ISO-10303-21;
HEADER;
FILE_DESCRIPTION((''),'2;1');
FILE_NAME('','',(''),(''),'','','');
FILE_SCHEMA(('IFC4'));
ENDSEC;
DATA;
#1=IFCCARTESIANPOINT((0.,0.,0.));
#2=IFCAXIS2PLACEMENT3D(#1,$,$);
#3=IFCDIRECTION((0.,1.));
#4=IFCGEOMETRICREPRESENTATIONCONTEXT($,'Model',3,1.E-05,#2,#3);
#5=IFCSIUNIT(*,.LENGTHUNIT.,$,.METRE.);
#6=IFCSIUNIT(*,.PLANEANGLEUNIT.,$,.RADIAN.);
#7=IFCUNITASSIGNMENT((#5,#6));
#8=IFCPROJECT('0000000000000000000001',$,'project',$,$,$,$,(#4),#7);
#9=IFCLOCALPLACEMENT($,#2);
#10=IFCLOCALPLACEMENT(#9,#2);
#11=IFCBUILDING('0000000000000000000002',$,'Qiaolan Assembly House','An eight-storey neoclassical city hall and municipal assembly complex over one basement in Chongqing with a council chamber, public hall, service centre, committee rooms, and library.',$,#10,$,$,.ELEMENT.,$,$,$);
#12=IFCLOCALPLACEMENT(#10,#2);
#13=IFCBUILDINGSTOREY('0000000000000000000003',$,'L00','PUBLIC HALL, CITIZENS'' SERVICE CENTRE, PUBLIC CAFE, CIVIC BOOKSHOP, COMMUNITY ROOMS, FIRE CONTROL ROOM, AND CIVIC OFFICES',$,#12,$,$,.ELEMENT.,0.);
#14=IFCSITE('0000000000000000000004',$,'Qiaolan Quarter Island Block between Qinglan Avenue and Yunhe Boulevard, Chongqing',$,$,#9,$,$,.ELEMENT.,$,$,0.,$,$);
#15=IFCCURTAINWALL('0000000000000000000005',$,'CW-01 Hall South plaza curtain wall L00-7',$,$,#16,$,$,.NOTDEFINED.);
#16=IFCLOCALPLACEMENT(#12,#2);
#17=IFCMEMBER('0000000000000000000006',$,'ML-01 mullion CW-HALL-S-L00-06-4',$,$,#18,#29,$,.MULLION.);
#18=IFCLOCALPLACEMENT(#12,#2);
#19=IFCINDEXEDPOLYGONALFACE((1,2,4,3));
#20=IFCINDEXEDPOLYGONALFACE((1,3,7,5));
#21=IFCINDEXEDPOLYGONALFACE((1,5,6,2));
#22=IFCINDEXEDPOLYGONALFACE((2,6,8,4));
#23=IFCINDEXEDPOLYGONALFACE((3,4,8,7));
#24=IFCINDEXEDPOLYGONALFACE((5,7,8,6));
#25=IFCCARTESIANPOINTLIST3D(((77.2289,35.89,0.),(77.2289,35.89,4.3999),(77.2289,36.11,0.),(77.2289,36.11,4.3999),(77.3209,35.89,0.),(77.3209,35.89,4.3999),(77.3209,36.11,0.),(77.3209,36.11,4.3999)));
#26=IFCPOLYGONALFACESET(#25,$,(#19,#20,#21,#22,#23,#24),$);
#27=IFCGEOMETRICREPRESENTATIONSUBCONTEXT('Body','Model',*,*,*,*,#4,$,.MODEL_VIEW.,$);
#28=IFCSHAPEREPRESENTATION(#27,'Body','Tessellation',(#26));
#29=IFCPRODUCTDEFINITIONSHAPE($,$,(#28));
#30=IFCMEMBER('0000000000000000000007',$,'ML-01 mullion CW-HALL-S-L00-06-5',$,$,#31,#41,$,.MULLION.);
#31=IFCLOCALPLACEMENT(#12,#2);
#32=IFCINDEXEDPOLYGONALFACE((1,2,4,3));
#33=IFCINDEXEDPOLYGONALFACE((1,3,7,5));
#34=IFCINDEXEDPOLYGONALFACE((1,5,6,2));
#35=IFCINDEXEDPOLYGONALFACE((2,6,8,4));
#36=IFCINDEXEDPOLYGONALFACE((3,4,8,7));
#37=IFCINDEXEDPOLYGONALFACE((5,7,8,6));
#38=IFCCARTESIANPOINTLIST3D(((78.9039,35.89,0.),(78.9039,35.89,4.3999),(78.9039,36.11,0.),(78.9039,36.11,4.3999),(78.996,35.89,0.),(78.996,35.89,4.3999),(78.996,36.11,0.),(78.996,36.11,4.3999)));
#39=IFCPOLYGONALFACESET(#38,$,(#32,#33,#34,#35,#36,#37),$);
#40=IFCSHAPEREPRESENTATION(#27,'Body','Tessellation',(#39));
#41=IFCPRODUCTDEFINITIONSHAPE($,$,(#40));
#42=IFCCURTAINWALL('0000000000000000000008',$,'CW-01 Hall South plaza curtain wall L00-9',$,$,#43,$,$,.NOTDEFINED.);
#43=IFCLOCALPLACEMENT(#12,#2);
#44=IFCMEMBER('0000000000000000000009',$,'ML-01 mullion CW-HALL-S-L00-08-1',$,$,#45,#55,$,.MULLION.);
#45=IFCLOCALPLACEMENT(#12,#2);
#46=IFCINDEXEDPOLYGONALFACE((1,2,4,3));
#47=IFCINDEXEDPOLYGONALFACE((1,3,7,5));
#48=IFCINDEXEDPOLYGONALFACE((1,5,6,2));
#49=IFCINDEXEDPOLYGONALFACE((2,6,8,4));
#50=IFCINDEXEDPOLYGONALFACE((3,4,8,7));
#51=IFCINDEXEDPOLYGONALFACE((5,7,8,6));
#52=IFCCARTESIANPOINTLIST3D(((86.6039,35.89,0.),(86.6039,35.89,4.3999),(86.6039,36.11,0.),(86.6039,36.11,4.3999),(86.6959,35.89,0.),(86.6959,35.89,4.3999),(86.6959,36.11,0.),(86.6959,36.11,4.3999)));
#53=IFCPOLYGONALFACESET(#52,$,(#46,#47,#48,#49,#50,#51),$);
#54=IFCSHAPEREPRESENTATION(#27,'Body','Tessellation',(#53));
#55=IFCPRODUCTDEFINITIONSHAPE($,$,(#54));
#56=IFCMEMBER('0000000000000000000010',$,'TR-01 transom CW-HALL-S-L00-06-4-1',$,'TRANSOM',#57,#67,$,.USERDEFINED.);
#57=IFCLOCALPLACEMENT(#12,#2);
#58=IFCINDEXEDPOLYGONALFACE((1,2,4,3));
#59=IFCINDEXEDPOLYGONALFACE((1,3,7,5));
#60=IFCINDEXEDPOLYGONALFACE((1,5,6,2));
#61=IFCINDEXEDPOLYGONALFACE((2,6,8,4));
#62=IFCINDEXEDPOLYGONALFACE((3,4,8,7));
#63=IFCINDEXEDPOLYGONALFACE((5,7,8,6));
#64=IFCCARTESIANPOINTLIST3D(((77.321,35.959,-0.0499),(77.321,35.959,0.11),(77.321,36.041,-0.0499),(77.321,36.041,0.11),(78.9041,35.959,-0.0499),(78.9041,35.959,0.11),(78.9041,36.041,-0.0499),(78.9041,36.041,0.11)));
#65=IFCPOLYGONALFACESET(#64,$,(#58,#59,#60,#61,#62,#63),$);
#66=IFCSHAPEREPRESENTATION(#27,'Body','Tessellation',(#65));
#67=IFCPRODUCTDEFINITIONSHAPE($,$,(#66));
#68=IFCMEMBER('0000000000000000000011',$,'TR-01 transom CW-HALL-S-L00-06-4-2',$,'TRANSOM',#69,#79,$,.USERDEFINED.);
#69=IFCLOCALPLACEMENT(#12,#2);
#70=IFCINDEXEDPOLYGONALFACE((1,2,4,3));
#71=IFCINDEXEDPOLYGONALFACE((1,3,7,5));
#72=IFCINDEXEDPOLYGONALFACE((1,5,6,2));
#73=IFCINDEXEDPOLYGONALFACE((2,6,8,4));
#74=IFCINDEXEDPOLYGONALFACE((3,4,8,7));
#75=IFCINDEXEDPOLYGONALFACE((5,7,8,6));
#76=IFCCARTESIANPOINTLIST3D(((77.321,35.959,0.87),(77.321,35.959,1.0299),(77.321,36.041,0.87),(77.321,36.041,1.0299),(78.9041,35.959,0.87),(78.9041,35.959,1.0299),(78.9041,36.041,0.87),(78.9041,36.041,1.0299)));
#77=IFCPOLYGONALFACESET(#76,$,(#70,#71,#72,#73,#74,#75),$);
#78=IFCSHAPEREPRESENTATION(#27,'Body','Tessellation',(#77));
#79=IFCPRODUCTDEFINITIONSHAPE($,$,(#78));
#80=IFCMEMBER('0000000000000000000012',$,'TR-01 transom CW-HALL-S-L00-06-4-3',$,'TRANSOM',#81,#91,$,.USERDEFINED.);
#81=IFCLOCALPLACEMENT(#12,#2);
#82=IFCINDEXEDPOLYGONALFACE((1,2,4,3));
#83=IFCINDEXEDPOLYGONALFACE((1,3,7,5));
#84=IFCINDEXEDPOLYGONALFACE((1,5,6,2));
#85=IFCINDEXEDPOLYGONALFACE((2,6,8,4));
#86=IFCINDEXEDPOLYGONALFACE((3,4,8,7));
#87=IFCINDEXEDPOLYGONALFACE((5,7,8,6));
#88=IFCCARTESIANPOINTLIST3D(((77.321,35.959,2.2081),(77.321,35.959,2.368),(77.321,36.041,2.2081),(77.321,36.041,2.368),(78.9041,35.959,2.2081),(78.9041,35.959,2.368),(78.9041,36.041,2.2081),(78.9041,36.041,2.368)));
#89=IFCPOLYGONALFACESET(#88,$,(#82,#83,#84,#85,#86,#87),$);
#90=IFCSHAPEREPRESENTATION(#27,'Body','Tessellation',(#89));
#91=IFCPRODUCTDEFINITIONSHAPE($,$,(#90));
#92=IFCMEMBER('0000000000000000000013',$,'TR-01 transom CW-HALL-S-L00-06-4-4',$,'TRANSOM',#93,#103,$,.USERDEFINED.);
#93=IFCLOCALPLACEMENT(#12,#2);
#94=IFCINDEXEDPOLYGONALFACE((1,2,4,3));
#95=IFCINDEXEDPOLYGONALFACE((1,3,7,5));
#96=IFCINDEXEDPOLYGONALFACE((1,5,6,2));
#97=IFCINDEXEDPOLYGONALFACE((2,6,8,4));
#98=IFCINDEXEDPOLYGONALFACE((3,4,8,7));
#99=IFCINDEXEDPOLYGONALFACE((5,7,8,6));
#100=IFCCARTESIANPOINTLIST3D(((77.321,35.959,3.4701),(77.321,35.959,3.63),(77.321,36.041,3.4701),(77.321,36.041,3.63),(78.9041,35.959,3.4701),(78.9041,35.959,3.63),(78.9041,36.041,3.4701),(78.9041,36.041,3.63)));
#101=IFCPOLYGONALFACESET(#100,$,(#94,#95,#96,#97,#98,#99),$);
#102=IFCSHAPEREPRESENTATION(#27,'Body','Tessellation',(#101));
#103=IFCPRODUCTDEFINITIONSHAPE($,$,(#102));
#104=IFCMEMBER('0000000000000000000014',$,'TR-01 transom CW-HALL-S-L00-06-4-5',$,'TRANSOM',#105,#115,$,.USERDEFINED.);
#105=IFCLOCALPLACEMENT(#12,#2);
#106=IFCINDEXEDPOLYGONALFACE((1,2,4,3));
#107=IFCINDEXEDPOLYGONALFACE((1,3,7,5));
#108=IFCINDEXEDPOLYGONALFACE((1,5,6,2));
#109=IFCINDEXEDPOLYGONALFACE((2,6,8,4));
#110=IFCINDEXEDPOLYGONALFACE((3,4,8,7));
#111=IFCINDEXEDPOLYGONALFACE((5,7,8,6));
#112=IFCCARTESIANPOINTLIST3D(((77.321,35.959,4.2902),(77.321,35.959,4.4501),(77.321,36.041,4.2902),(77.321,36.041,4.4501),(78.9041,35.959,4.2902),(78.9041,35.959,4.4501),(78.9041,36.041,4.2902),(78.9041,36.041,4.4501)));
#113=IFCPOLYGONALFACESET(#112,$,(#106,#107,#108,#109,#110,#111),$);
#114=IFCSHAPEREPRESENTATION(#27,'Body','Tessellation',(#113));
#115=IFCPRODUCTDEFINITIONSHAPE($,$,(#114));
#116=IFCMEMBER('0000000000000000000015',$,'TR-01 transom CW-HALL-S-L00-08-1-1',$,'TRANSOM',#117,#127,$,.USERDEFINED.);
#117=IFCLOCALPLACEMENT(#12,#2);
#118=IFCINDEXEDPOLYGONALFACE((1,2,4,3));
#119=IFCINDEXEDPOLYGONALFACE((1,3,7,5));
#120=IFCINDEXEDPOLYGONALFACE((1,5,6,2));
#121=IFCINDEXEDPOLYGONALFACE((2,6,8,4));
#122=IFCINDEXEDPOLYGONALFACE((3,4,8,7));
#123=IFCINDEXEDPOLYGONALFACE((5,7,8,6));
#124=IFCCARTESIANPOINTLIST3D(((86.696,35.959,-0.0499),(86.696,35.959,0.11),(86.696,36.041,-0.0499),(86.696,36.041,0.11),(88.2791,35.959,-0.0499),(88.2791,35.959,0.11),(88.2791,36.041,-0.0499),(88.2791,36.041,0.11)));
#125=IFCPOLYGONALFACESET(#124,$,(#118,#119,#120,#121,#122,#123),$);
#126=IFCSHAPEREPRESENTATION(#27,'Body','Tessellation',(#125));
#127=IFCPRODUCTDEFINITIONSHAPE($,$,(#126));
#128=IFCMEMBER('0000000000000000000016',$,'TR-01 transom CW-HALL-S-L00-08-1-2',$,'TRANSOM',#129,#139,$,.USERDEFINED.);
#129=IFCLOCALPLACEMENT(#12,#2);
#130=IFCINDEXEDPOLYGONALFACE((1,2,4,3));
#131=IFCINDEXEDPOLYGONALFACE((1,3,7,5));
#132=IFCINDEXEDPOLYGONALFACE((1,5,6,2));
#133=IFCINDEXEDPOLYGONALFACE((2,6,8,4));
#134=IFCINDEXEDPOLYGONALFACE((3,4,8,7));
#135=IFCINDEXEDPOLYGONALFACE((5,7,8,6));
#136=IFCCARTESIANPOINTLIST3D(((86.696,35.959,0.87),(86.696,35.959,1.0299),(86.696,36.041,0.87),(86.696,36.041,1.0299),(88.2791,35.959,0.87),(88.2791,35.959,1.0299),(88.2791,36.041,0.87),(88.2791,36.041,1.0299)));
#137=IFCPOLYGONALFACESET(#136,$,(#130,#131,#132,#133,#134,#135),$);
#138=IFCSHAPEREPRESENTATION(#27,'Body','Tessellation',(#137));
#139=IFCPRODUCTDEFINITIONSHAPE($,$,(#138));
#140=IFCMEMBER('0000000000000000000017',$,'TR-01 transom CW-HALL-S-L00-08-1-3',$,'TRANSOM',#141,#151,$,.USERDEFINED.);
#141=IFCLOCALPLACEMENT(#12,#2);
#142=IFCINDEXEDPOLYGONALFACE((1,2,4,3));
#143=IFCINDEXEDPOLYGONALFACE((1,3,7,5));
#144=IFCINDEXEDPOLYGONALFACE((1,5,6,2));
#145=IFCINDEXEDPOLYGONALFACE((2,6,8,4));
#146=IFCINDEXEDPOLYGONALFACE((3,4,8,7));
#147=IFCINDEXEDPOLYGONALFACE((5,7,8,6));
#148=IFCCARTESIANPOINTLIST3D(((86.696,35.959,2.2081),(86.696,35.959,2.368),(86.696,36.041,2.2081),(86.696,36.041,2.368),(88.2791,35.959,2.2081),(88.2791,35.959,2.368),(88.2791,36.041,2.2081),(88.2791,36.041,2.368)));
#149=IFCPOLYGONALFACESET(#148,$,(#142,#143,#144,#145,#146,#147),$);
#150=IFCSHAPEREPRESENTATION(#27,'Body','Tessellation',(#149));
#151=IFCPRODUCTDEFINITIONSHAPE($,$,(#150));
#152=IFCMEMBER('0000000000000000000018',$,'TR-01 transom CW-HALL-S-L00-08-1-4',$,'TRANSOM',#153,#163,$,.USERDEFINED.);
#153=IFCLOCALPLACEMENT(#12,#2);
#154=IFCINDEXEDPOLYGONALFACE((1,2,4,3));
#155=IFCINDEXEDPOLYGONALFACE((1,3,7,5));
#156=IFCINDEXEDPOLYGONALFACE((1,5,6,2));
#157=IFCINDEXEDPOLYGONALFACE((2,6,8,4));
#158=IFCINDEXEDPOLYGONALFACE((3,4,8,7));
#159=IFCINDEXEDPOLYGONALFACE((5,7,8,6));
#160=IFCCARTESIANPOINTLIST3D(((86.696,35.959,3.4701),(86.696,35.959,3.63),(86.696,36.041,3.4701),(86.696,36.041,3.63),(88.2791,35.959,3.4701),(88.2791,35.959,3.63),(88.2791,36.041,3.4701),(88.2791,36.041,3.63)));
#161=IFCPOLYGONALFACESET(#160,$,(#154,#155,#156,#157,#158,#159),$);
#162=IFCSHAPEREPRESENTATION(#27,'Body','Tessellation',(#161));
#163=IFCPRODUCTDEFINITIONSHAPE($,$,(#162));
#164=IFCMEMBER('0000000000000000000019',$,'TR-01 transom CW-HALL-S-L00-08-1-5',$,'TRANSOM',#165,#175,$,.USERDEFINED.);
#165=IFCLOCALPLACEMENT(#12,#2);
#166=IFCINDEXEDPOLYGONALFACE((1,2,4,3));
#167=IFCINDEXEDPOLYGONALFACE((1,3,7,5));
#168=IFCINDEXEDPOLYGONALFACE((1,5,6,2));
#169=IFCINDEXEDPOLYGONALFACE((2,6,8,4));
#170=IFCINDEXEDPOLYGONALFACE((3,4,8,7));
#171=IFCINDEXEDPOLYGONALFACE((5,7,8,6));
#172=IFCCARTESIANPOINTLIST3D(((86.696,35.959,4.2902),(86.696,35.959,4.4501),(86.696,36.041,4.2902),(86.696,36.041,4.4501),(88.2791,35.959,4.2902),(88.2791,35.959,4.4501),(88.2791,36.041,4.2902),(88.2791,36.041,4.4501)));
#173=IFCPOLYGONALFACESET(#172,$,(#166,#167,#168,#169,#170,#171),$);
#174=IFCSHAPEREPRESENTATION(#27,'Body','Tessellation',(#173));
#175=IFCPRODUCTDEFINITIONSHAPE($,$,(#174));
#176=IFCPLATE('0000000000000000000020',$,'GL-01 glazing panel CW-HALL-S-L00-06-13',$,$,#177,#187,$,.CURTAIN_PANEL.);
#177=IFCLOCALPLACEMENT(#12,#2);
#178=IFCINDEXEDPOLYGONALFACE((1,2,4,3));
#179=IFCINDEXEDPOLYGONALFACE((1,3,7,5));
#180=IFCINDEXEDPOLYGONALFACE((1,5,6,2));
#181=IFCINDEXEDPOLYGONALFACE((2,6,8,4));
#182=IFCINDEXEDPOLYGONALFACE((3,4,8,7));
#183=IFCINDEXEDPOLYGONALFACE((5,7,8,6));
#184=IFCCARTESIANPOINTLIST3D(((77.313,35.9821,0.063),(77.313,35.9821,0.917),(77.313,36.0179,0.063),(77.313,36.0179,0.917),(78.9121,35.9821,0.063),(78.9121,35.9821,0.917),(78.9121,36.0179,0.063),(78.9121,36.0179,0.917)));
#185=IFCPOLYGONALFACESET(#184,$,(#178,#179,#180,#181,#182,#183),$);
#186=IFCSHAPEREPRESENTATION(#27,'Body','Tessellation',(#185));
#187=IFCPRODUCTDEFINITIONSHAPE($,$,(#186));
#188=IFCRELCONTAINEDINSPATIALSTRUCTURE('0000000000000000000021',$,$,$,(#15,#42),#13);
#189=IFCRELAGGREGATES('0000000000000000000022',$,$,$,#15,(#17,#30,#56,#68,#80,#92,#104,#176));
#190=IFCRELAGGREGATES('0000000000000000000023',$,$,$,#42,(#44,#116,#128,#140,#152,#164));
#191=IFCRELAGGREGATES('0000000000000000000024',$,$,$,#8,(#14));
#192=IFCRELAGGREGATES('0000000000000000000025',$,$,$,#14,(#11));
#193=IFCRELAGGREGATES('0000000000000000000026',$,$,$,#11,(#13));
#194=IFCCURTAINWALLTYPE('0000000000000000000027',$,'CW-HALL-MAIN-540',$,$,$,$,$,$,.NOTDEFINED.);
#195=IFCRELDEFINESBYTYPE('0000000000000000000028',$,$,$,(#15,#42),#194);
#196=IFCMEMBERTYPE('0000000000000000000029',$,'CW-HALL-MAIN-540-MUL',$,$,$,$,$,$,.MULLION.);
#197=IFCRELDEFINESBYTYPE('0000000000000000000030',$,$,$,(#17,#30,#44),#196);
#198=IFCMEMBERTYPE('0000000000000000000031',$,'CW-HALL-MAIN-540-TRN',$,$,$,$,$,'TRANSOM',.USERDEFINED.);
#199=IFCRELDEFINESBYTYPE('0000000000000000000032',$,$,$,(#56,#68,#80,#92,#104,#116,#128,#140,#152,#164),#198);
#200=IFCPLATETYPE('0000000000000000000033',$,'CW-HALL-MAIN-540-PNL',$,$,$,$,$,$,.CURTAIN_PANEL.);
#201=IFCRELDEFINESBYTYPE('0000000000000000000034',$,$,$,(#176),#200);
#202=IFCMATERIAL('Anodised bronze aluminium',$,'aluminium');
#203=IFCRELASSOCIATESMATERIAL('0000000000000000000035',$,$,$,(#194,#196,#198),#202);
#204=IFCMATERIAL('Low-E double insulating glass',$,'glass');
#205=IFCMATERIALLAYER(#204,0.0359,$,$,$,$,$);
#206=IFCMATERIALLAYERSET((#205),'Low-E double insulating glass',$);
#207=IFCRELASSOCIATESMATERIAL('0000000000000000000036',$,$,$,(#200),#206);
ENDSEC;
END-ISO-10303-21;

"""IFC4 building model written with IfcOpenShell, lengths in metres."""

from ifc_helpers import new_model, si_unit, direction, frame, frame_2d, origin, origin_2d, place, context, subcontext, project, spatial, rectangle, extrude, material, layer, layer_set, material_profile, profile_set, type_object, element, aggregate, save


model = new_model("IFC4")

# Units and contexts
model_context = context("Model", 3, precision=1e-05, world=origin(), true_north=direction((0.0, 1.0)))
body_context = subcontext(model_context, "Body", "Model", "MODEL_VIEW")
ifc_project = project(units=[si_unit("LENGTHUNIT", "METRE"), si_unit("PLANEANGLEUNIT", "RADIAN")], contexts=[model_context])

# Site, building, storey
site_placement = place(None, origin())
site = spatial("IfcSite", under=ifc_project, at=site_placement, Name="Qiaolan Quarter Island Block between Qinglan Avenue and Yunhe Boulevard, Chongqing", CompositionType="ELEMENT", RefElevation=0.0)
building_placement = place(site_placement, origin())
building = spatial("IfcBuilding", under=site, at=building_placement, Name="Qiaolan Assembly House", Description="An eight-storey neoclassical city hall and municipal assembly complex over one basement in Chongqing with a council chamber, public hall, service centre, committee rooms, and library.", CompositionType="ELEMENT")
storey_placement = place(building_placement, origin())
storey = spatial("IfcBuildingStorey", under=building, at=storey_placement, Name="L00", Description="PUBLIC HALL, CITIZENS' SERVICE CENTRE, PUBLIC CAFE, CIVIC BOOKSHOP, COMMUNITY ROOMS, FIRE CONTROL ROOM, AND CIVIC OFFICES", CompositionType="ELEMENT", Elevation=0.0)

# Curtain wall, members
ifc_material_1 = material(Name="Anodised bronze aluminium", Category="aluminium")
curtain_wall_type = type_object("IfcCurtainWallType", Name="CW-HALL-MAIN-540", PredefinedType="NOTDEFINED", material=ifc_material_1)
curtain_wall_1_placement = place(storey_placement, origin())
curtain_wall_1 = element("IfcCurtainWall", 1, at=curtain_wall_1_placement, inside=storey, type_object=curtain_wall_type, Name="CW-01 Hall South plaza curtain wall L00-7", PredefinedType="NOTDEFINED")
ifc_material_profile_1 = material_profile(ifc_material_1, rectangle(XDim=0.092, YDim=0.22, at=origin_2d()), Name="MUL 92x220")
ifc_profile_set_1 = profile_set([ifc_material_profile_1], Name="Anodised bronze aluminium")
member_type_1 = type_object("IfcMemberType", Name="CW-HALL-MAIN-540-MUL", PredefinedType="MULLION", material=ifc_profile_set_1)
member_1_placement = place(storey_placement, frame((77.2749, 36.0, 0.0), z_axis=(0.0, 0.0, 1.0), x_axis=(1.0, 0.0, 0.0)))
member_1 = element("IfcMember", 2, at=member_1_placement, type_object=member_type_1, Name="ML-01 mullion CW-HALL-S-L00-06-4", PredefinedType="MULLION", context=body_context, shape_type="SweptSolid", body=[
    extrude(rectangle(XDim=0.092, YDim=0.22, at=origin_2d()), origin(), (0.0, 0.0, 1.0), 4.3999),
])
member_2_placement = place(storey_placement, frame((78.95, 36.0, 0.0), z_axis=(0.0, 0.0, 1.0), x_axis=(1.0, 0.0, 0.0)))
member_2 = element("IfcMember", 3, at=member_2_placement, type_object=member_type_1, Name="ML-01 mullion CW-HALL-S-L00-06-5", PredefinedType="MULLION", context=body_context, shape_type="SweptSolid", body=[
    extrude(rectangle(XDim=0.092, YDim=0.22, at=origin_2d()), origin(), (0.0, 0.0, 1.0), 4.3999),
])

# Curtain wall, member
curtain_wall_2_placement = place(storey_placement, origin())
curtain_wall_2 = element("IfcCurtainWall", 4, at=curtain_wall_2_placement, inside=storey, type_object=curtain_wall_type, Name="CW-01 Hall South plaza curtain wall L00-9", PredefinedType="NOTDEFINED")
member_3_placement = place(storey_placement, frame((86.6499, 36.0, 0.0), z_axis=(0.0, 0.0, 1.0), x_axis=(1.0, 0.0, 0.0)))
member_3 = element("IfcMember", 5, at=member_3_placement, type_object=member_type_1, Name="ML-01 mullion CW-HALL-S-L00-08-1", PredefinedType="MULLION", context=body_context, shape_type="SweptSolid", body=[
    extrude(rectangle(XDim=0.092, YDim=0.22, at=origin_2d()), origin(), (0.0, 0.0, 1.0), 4.3999),
])

# Members
ifc_material_profile_2 = material_profile(ifc_material_1, rectangle(XDim=0.082, YDim=0.1599, at=origin_2d()), Name="TRN 82x160")
ifc_profile_set_2 = profile_set([ifc_material_profile_2], Name="Anodised bronze aluminium")
member_type_2 = type_object("IfcMemberType", Name="CW-HALL-MAIN-540-TRN", ElementType="TRANSOM", PredefinedType="USERDEFINED", material=ifc_profile_set_2)
member_4_placement = place(storey_placement, frame((77.321, 36.0, 0.03), z_axis=(1.0, 0.0, 0.0), x_axis=(0.0, 1.0, 0.0)))
member_4 = element("IfcMember", 6, at=member_4_placement, type_object=member_type_2, Name="TR-01 transom CW-HALL-S-L00-06-4-1", ObjectType="TRANSOM", PredefinedType="USERDEFINED", context=body_context, shape_type="SweptSolid", body=[
    extrude(rectangle(XDim=0.082, YDim=0.1599, at=origin_2d()), origin(), (0.0, 0.0, 1.0), 1.583),
])
member_5_placement = place(storey_placement, frame((77.321, 36.0, 0.95), z_axis=(1.0, 0.0, 0.0), x_axis=(0.0, 1.0, 0.0)))
member_5 = element("IfcMember", 7, at=member_5_placement, type_object=member_type_2, Name="TR-01 transom CW-HALL-S-L00-06-4-2", ObjectType="TRANSOM", PredefinedType="USERDEFINED", context=body_context, shape_type="SweptSolid", body=[
    extrude(rectangle(XDim=0.082, YDim=0.1599, at=origin_2d()), origin(), (0.0, 0.0, 1.0), 1.583),
])
member_6_placement = place(storey_placement, frame((77.321, 36.0, 2.2881), z_axis=(1.0, 0.0, 0.0), x_axis=(0.0, 1.0, 0.0)))
member_6 = element("IfcMember", 8, at=member_6_placement, type_object=member_type_2, Name="TR-01 transom CW-HALL-S-L00-06-4-3", ObjectType="TRANSOM", PredefinedType="USERDEFINED", context=body_context, shape_type="SweptSolid", body=[
    extrude(rectangle(XDim=0.082, YDim=0.1599, at=origin_2d()), origin(), (0.0, 0.0, 1.0), 1.583),
])
member_7_placement = place(storey_placement, frame((77.321, 36.0, 3.55), z_axis=(1.0, 0.0, 0.0), x_axis=(0.0, 1.0, 0.0)))
member_7 = element("IfcMember", 9, at=member_7_placement, type_object=member_type_2, Name="TR-01 transom CW-HALL-S-L00-06-4-4", ObjectType="TRANSOM", PredefinedType="USERDEFINED", context=body_context, shape_type="SweptSolid", body=[
    extrude(rectangle(XDim=0.082, YDim=0.1599, at=origin_2d()), origin(), (0.0, 0.0, 1.0), 1.583),
])
member_8_placement = place(storey_placement, frame((77.321, 36.0, 4.3701), z_axis=(1.0, 0.0, 0.0), x_axis=(0.0, 1.0, 0.0)))
member_8 = element("IfcMember", 10, at=member_8_placement, type_object=member_type_2, Name="TR-01 transom CW-HALL-S-L00-06-4-5", ObjectType="TRANSOM", PredefinedType="USERDEFINED", context=body_context, shape_type="SweptSolid", body=[
    extrude(rectangle(XDim=0.082, YDim=0.1599, at=origin_2d()), origin(), (0.0, 0.0, 1.0), 1.583),
])
member_9_placement = place(storey_placement, frame((86.696, 36.0, 0.03), z_axis=(1.0, 0.0, 0.0), x_axis=(0.0, 1.0, 0.0)))
member_9 = element("IfcMember", 11, at=member_9_placement, type_object=member_type_2, Name="TR-01 transom CW-HALL-S-L00-08-1-1", ObjectType="TRANSOM", PredefinedType="USERDEFINED", context=body_context, shape_type="SweptSolid", body=[
    extrude(rectangle(XDim=0.082, YDim=0.1599, at=origin_2d()), origin(), (0.0, 0.0, 1.0), 1.583),
])
member_10_placement = place(storey_placement, frame((86.696, 36.0, 0.95), z_axis=(1.0, 0.0, 0.0), x_axis=(0.0, 1.0, 0.0)))
member_10 = element("IfcMember", 12, at=member_10_placement, type_object=member_type_2, Name="TR-01 transom CW-HALL-S-L00-08-1-2", ObjectType="TRANSOM", PredefinedType="USERDEFINED", context=body_context, shape_type="SweptSolid", body=[
    extrude(rectangle(XDim=0.082, YDim=0.1599, at=origin_2d()), origin(), (0.0, 0.0, 1.0), 1.583),
])
member_11_placement = place(storey_placement, frame((86.696, 36.0, 2.2881), z_axis=(1.0, 0.0, 0.0), x_axis=(0.0, 1.0, 0.0)))
member_11 = element("IfcMember", 13, at=member_11_placement, type_object=member_type_2, Name="TR-01 transom CW-HALL-S-L00-08-1-3", ObjectType="TRANSOM", PredefinedType="USERDEFINED", context=body_context, shape_type="SweptSolid", body=[
    extrude(rectangle(XDim=0.082, YDim=0.1599, at=origin_2d()), origin(), (0.0, 0.0, 1.0), 1.583),
])
member_12_placement = place(storey_placement, frame((86.696, 36.0, 3.55), z_axis=(1.0, 0.0, 0.0), x_axis=(0.0, 1.0, 0.0)))
member_12 = element("IfcMember", 14, at=member_12_placement, type_object=member_type_2, Name="TR-01 transom CW-HALL-S-L00-08-1-4", ObjectType="TRANSOM", PredefinedType="USERDEFINED", context=body_context, shape_type="SweptSolid", body=[
    extrude(rectangle(XDim=0.082, YDim=0.1599, at=origin_2d()), origin(), (0.0, 0.0, 1.0), 1.583),
])
member_13_placement = place(storey_placement, frame((86.696, 36.0, 4.3701), z_axis=(1.0, 0.0, 0.0), x_axis=(0.0, 1.0, 0.0)))
member_13 = element("IfcMember", 15, at=member_13_placement, type_object=member_type_2, Name="TR-01 transom CW-HALL-S-L00-08-1-5", ObjectType="TRANSOM", PredefinedType="USERDEFINED", context=body_context, shape_type="SweptSolid", body=[
    extrude(rectangle(XDim=0.082, YDim=0.1599, at=origin_2d()), origin(), (0.0, 0.0, 1.0), 1.583),
])

# Plate
ifc_material_2 = material(Name="Low-E double insulating glass", Category="glass")
ifc_layer_1 = layer(ifc_material_2, 0.0359)
ifc_layer_set_1 = layer_set([ifc_layer_1], Name="Low-E double insulating glass")
plate_type = type_object("IfcPlateType", Name="CW-HALL-MAIN-540-PNL", PredefinedType="CURTAIN_PANEL", material=ifc_layer_set_1)
plate_1_placement = place(storey_placement, frame((77.313, 36.0, 0.063), z_axis=(0.0, 0.0, 1.0), x_axis=(1.0, 0.0, 0.0)))
plate_1 = element("IfcPlate", 16, at=plate_1_placement, type_object=plate_type, Name="GL-01 glazing panel CW-HALL-S-L00-06-13", PredefinedType="CURTAIN_PANEL", context=body_context, shape_type="SweptSolid", body=[
    extrude(rectangle(XDim=1.5991, YDim=0.0359, at=frame_2d((0.7996, 0.0))), origin(), (0.0, 0.0, 1.0), 0.854),
])
aggregate(curtain_wall_1, [member_1, member_2, member_4, member_5, member_6, member_7, member_8, plate_1])
aggregate(curtain_wall_2, [member_3, member_9, member_10, member_11, member_12, member_13])

save(model, "model.ifc")
